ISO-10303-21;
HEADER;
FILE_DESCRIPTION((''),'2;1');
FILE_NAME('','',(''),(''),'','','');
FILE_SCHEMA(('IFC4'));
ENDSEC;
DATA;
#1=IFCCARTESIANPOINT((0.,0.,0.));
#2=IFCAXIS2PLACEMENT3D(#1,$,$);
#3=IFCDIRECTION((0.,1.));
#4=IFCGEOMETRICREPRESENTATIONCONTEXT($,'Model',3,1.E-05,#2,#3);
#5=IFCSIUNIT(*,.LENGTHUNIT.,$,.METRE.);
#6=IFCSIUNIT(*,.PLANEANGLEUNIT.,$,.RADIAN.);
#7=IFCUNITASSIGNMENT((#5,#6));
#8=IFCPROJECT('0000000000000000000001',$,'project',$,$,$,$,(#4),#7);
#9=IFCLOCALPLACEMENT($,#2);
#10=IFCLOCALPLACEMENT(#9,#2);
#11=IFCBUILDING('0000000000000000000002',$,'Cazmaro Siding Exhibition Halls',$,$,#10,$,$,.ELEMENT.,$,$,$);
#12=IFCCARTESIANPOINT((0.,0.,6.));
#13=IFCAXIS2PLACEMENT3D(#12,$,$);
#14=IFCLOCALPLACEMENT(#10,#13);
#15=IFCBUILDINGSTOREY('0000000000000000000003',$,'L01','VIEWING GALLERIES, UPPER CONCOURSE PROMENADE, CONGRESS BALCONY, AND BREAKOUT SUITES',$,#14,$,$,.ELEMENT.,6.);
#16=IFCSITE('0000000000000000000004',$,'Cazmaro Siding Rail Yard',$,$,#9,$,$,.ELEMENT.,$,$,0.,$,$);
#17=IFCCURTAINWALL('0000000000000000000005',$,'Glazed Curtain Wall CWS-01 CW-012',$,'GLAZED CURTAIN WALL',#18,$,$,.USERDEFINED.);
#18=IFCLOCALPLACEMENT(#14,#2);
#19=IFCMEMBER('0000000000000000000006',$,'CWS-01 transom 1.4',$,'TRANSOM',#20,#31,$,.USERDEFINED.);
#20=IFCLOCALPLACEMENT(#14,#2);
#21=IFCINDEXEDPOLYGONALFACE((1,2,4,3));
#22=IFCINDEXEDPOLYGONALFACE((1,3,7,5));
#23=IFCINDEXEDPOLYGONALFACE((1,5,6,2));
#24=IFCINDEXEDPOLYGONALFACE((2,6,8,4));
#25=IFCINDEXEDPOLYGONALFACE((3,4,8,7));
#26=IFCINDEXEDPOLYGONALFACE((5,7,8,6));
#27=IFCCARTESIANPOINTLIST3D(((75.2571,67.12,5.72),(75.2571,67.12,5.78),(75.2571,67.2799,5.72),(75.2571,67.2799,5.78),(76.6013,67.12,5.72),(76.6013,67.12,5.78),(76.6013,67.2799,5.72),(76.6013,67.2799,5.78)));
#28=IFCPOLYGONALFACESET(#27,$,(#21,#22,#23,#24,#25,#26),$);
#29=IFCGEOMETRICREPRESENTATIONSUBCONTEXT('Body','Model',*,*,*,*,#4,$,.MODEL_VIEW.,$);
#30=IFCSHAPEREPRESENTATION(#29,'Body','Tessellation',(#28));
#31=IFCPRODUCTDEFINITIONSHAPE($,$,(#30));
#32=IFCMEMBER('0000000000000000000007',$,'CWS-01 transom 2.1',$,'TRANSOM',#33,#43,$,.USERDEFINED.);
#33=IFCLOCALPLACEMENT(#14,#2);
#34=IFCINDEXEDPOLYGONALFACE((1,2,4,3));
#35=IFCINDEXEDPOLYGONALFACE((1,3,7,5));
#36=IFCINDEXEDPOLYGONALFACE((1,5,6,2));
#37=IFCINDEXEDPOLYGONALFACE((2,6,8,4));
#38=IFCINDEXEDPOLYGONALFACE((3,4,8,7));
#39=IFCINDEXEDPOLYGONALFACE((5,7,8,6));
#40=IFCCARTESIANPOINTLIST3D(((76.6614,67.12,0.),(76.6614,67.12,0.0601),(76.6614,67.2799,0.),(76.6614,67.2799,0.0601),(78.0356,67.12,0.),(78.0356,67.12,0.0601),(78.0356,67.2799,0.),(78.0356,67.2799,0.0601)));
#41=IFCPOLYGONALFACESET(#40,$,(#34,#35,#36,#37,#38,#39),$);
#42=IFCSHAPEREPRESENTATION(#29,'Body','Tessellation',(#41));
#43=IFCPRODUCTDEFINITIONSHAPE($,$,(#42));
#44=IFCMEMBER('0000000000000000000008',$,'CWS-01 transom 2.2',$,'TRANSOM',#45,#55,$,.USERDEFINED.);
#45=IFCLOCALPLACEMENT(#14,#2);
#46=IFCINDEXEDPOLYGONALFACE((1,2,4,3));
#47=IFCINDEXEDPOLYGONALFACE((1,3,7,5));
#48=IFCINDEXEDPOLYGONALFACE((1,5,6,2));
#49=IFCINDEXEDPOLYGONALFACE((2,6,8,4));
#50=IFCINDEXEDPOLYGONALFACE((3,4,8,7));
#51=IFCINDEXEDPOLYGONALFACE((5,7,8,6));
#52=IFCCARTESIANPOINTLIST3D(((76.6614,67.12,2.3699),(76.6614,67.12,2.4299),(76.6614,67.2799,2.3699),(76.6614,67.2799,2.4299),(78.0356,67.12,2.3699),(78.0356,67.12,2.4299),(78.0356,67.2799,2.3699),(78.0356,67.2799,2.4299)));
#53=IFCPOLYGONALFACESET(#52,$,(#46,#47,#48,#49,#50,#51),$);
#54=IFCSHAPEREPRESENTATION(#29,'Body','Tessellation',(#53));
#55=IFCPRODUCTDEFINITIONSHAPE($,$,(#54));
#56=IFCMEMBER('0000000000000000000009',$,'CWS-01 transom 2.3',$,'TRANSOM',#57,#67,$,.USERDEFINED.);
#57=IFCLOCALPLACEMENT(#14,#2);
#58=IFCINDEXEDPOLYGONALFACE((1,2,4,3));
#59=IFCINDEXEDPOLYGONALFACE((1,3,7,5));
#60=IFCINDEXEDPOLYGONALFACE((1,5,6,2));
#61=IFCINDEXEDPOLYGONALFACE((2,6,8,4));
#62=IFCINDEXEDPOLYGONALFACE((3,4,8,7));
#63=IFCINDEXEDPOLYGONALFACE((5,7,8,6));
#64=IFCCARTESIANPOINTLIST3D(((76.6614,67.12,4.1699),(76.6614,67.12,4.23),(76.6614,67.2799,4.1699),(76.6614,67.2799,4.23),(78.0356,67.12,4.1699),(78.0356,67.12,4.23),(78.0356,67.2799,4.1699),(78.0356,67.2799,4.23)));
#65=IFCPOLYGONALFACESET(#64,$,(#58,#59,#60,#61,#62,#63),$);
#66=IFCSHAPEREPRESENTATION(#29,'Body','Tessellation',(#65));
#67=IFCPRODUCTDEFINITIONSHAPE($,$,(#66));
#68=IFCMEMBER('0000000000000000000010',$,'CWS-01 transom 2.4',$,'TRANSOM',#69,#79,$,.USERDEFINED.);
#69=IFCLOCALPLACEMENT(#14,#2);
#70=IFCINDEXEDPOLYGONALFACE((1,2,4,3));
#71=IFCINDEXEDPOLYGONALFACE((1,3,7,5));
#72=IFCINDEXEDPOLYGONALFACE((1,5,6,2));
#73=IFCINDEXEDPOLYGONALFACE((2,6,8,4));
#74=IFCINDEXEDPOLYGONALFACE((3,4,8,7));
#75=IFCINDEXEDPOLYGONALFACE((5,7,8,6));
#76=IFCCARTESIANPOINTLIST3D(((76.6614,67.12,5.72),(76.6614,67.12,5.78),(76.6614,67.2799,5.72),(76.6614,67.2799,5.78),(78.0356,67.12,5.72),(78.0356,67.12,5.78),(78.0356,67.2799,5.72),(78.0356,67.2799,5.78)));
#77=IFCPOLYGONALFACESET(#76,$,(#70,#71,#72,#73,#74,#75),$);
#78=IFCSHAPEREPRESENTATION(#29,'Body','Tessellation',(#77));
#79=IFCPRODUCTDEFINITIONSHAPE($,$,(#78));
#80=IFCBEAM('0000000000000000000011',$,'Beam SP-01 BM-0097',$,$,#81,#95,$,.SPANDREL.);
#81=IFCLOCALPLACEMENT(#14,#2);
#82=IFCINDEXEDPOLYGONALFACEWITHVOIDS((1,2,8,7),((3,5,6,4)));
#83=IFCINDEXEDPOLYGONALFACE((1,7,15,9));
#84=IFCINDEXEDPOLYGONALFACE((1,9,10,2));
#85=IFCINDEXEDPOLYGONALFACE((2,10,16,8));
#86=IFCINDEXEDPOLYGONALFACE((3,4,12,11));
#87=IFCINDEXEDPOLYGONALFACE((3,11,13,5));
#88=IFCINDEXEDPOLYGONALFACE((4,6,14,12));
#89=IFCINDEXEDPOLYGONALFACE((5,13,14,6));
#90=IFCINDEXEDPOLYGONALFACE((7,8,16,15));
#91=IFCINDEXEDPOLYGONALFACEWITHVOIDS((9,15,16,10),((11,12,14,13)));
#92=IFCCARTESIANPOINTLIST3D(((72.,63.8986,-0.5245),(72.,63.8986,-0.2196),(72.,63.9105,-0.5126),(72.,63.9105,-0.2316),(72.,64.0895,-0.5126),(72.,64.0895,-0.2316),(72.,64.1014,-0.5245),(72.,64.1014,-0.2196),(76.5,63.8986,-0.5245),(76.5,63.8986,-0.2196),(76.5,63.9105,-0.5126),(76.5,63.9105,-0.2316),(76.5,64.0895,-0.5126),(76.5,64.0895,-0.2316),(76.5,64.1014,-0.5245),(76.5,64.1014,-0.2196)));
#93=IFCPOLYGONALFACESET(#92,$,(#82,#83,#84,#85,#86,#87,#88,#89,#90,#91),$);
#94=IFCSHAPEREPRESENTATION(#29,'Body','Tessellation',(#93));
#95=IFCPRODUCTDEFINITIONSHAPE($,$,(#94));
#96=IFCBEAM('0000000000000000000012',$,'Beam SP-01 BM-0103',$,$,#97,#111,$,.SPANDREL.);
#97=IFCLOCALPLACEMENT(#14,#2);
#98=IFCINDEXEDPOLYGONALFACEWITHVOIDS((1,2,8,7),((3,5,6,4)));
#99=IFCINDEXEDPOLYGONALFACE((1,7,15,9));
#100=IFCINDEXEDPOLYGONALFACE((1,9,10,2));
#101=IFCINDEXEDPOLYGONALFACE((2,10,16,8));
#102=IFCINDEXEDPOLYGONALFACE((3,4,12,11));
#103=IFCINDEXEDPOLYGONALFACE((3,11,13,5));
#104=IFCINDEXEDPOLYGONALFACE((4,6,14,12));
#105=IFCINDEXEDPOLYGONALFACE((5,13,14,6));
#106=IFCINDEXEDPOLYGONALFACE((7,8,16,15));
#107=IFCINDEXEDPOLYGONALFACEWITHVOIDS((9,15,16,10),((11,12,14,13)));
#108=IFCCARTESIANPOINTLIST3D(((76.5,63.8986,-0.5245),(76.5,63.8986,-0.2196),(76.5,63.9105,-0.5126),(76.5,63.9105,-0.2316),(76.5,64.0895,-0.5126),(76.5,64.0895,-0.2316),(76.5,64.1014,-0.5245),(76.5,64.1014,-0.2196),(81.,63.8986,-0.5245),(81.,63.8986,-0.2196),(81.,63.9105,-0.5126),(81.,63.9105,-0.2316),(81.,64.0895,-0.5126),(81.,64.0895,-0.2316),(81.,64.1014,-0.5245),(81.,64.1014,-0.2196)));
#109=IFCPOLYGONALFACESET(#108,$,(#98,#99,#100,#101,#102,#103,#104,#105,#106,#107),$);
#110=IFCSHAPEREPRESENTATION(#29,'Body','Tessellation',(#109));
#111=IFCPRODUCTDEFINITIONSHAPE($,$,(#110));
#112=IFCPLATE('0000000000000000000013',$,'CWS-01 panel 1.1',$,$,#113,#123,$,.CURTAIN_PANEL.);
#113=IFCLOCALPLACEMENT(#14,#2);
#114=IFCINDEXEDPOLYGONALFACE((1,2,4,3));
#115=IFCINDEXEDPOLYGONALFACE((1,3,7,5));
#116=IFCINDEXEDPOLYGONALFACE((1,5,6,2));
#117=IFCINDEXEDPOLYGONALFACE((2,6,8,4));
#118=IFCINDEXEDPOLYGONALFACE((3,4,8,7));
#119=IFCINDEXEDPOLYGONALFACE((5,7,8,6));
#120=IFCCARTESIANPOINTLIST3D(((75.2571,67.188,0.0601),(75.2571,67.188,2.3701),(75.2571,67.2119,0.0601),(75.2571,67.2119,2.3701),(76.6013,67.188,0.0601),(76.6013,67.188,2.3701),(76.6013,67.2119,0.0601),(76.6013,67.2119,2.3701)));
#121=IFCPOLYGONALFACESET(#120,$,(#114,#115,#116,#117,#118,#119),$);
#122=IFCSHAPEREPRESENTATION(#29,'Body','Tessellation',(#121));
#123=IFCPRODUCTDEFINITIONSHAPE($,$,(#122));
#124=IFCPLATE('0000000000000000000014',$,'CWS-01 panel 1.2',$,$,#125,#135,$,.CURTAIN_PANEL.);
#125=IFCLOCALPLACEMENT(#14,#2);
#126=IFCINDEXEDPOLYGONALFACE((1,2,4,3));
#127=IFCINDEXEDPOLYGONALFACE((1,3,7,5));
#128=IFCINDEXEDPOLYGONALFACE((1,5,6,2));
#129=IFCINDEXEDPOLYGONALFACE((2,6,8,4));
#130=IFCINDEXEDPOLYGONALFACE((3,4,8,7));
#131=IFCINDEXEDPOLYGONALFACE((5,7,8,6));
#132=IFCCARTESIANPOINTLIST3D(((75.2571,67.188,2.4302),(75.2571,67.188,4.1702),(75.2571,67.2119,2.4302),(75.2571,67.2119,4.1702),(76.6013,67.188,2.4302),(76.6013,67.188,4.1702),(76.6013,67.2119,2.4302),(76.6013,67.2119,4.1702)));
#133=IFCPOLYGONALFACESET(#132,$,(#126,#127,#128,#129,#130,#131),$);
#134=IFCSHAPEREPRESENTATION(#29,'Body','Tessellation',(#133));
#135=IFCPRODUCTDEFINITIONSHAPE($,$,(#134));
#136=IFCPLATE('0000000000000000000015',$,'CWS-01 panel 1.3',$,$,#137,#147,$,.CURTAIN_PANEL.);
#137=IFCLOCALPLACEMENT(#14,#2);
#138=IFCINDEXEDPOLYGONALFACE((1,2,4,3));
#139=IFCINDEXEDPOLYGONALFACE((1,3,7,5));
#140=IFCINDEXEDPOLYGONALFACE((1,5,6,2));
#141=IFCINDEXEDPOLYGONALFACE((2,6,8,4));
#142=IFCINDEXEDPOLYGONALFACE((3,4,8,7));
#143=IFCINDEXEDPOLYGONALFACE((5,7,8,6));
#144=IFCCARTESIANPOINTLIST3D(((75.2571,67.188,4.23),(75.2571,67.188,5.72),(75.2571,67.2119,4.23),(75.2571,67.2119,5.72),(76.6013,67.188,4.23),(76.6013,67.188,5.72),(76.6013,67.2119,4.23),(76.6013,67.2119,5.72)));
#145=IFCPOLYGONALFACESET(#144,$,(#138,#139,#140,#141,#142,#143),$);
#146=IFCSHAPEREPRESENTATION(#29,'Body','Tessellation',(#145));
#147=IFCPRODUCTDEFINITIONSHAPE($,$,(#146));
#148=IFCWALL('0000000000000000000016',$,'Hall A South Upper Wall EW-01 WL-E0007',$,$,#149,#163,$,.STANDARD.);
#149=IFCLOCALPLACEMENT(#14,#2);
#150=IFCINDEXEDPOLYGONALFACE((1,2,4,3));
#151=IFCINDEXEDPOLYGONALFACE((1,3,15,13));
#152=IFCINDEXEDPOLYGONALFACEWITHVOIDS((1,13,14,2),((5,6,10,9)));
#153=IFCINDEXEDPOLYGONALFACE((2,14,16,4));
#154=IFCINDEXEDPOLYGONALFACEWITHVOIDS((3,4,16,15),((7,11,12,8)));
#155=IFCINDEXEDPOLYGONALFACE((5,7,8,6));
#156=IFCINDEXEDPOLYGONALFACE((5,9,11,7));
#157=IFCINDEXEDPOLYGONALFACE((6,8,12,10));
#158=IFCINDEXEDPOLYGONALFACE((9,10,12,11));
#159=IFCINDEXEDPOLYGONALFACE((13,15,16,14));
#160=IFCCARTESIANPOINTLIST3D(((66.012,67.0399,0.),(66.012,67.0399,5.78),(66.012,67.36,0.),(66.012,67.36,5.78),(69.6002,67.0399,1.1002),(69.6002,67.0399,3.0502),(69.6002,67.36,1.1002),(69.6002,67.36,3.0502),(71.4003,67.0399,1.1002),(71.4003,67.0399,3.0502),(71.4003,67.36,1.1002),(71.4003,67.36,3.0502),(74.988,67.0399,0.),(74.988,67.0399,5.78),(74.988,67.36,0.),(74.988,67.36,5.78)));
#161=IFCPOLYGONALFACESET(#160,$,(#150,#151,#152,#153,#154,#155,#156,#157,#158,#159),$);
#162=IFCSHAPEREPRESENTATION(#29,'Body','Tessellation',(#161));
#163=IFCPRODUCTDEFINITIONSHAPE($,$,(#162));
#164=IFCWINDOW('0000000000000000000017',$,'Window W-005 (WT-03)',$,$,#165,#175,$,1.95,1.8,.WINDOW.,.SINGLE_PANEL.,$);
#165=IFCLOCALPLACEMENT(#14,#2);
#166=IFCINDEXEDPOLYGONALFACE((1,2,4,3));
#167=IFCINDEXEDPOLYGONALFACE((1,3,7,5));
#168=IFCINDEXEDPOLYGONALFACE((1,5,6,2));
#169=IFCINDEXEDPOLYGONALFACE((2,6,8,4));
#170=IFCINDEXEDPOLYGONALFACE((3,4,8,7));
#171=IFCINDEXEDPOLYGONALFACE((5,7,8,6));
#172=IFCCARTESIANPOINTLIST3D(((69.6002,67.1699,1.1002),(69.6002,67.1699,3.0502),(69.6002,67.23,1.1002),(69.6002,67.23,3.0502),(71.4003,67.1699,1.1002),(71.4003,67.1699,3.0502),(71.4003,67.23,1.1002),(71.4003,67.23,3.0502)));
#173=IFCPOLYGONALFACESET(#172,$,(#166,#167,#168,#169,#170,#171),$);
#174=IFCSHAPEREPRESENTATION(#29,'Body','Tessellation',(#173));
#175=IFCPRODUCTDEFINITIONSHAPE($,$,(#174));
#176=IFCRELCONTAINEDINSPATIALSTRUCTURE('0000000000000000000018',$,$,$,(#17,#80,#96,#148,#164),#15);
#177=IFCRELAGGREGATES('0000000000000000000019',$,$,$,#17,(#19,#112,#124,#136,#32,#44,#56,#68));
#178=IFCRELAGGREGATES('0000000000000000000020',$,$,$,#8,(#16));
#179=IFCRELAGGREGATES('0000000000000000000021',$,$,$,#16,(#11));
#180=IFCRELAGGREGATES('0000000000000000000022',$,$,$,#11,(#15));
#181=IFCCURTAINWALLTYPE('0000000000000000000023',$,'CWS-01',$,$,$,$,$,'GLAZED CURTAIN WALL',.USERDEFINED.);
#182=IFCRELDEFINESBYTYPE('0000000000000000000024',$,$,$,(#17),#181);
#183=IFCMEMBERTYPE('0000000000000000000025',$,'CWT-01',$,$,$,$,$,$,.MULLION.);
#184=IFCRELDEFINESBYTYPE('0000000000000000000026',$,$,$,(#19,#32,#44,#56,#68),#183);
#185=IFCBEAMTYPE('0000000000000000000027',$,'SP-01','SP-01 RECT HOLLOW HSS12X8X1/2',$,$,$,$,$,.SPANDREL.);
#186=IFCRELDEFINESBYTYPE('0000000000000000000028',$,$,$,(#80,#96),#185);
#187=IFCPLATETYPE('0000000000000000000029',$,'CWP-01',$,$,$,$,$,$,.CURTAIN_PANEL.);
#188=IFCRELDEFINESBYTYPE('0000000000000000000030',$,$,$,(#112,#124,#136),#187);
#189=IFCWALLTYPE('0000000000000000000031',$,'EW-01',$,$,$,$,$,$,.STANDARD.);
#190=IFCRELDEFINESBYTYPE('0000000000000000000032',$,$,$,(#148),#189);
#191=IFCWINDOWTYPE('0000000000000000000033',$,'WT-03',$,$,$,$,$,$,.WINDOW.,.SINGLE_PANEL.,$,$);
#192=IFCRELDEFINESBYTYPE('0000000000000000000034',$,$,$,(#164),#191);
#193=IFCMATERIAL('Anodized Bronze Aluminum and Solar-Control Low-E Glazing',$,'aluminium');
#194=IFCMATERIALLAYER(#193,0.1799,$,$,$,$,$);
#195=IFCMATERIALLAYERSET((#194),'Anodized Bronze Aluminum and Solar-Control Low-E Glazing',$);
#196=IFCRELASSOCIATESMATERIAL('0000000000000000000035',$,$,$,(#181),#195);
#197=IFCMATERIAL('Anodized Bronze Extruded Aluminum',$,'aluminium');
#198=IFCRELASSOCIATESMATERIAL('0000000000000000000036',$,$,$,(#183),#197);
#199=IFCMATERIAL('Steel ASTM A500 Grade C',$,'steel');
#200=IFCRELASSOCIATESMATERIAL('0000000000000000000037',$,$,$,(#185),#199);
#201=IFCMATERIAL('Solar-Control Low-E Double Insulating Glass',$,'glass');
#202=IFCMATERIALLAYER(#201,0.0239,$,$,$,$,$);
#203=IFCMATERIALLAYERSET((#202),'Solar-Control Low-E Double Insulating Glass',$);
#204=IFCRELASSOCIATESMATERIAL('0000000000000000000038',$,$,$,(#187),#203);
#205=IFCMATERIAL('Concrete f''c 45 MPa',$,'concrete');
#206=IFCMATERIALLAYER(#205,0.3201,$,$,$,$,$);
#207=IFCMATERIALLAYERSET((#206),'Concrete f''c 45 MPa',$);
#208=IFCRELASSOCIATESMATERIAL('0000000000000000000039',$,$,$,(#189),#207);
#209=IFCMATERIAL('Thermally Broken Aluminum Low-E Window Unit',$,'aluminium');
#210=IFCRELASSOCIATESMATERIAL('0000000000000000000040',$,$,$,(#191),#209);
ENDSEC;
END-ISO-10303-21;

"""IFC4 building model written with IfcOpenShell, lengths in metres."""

from ifc_helpers import new_model, si_unit, direction, frame, frame_2d, origin, origin_2d, place, context, subcontext, project, spatial, rectangle, hollow_rectangle, extrude, material, layer, layer_set, material_profile, profile_set, type_object, element, fill, aggregate, save


model = new_model("IFC4")

# Units and contexts
model_context = context("Model", 3, precision=1e-05, world=origin(), true_north=direction((0.0, 1.0)))
body_context = subcontext(model_context, "Body", "Model", "MODEL_VIEW")
ifc_project = project(units=[si_unit("LENGTHUNIT", "METRE"), si_unit("PLANEANGLEUNIT", "RADIAN")], contexts=[model_context])

# Site, building, storey
site_placement = place(None, origin())
site = spatial("IfcSite", under=ifc_project, at=site_placement, Name="Cazmaro Siding Rail Yard", CompositionType="ELEMENT", RefElevation=0.0)
building_placement = place(site_placement, origin())
building = spatial("IfcBuilding", under=site, at=building_placement, Name="Cazmaro Siding Exhibition Halls", CompositionType="ELEMENT")
storey_placement = place(building_placement, frame((0.0, 0.0, 6.0)))
storey = spatial("IfcBuildingStorey", under=building, at=storey_placement, Name="L01", Description="VIEWING GALLERIES, UPPER CONCOURSE PROMENADE, CONGRESS BALCONY, AND BREAKOUT SUITES", CompositionType="ELEMENT", Elevation=6.0)

# Curtain wall, members
ifc_material_1 = material(Name="Anodized Bronze Aluminum and Solar-Control Low-E Glazing", Category="aluminium")
ifc_layer_1 = layer(ifc_material_1, 0.1799)
ifc_layer_set_1 = layer_set([ifc_layer_1], Name="Anodized Bronze Aluminum and Solar-Control Low-E Glazing")
curtain_wall_type = type_object("IfcCurtainWallType", Name="CWS-01", ElementType="GLAZED CURTAIN WALL", PredefinedType="USERDEFINED", material=ifc_layer_set_1)
curtain_wall_placement = place(storey_placement, origin())
curtain_wall = element("IfcCurtainWall", 1, at=curtain_wall_placement, inside=storey, type_object=curtain_wall_type, Name="Glazed Curtain Wall CWS-01 CW-012", ObjectType="GLAZED CURTAIN WALL", PredefinedType="USERDEFINED")
ifc_material_2 = material(Name="Anodized Bronze Extruded Aluminum", Category="aluminium")
ifc_material_profile_1 = material_profile(ifc_material_2, rectangle(XDim=0.1599, YDim=0.0601, at=origin_2d()), Name="CWT-01")
ifc_profile_set_1 = profile_set([ifc_material_profile_1], Name="Anodized Bronze Extruded Aluminum")
member_type_1 = type_object("IfcMemberType", Name="CWT-01", PredefinedType="MULLION", material=ifc_profile_set_1)
member_1_placement = place(storey_placement, frame((75.2571, 67.2, 5.75), z_axis=(1.0, 0.0, 0.0), x_axis=(0.0, 1.0, 0.0)))
member_1 = element("IfcMember", 2, at=member_1_placement, type_object=member_type_1, Name="CWS-01 transom 1.4", ObjectType="TRANSOM", PredefinedType="USERDEFINED", context=body_context, shape_type="SweptSolid", body=[
    extrude(rectangle(XDim=0.1599, YDim=0.0601, at=origin_2d()), origin(), (0.0, 0.0, 1.0), 1.3442),
])
member_2_placement = place(storey_placement, frame((76.6614, 67.2, 0.03), z_axis=(1.0, 0.0, 0.0), x_axis=(0.0, 1.0, 0.0)))
member_2 = element("IfcMember", 3, at=member_2_placement, type_object=member_type_1, Name="CWS-01 transom 2.1", ObjectType="TRANSOM", PredefinedType="USERDEFINED", context=body_context, shape_type="SweptSolid", body=[
    extrude(rectangle(XDim=0.1599, YDim=0.0601, at=origin_2d()), origin(), (0.0, 0.0, 1.0), 1.3743),
])
member_3_placement = place(storey_placement, frame((76.6614, 67.2, 2.3999), z_axis=(1.0, 0.0, 0.0), x_axis=(0.0, 1.0, 0.0)))
member_3 = element("IfcMember", 4, at=member_3_placement, type_object=member_type_1, Name="CWS-01 transom 2.2", ObjectType="TRANSOM", PredefinedType="USERDEFINED", context=body_context, shape_type="SweptSolid", body=[
    extrude(rectangle(XDim=0.1599, YDim=0.0601, at=origin_2d()), origin(), (0.0, 0.0, 1.0), 1.3743),
])
member_4_placement = place(storey_placement, frame((76.6614, 67.2, 4.2), z_axis=(1.0, 0.0, 0.0), x_axis=(0.0, 1.0, 0.0)))
member_4 = element("IfcMember", 5, at=member_4_placement, type_object=member_type_1, Name="CWS-01 transom 2.3", ObjectType="TRANSOM", PredefinedType="USERDEFINED", context=body_context, shape_type="SweptSolid", body=[
    extrude(rectangle(XDim=0.1599, YDim=0.0601, at=origin_2d()), origin(), (0.0, 0.0, 1.0), 1.3743),
])
member_5_placement = place(storey_placement, frame((76.6614, 67.2, 5.75), z_axis=(1.0, 0.0, 0.0), x_axis=(0.0, 1.0, 0.0)))
member_5 = element("IfcMember", 6, at=member_5_placement, type_object=member_type_1, Name="CWS-01 transom 2.4", ObjectType="TRANSOM", PredefinedType="USERDEFINED", context=body_context, shape_type="SweptSolid", body=[
    extrude(rectangle(XDim=0.1599, YDim=0.0601, at=origin_2d()), origin(), (0.0, 0.0, 1.0), 1.3743),
])

# Beams
ifc_material_3 = material(Name="Steel ASTM A500 Grade C", Category="steel")
ifc_material_profile_2 = material_profile(ifc_material_3, hollow_rectangle(XDim=0.2029, YDim=0.3049, WallThickness=0.012, at=origin_2d()), Name="HSS12X8X1/2")
ifc_profile_set_2 = profile_set([ifc_material_profile_2], Name="Steel ASTM A500 Grade C")
beam_type_1 = type_object("IfcBeamType", Name="SP-01", Description="SP-01 RECT HOLLOW HSS12X8X1/2", PredefinedType="SPANDREL", material=ifc_profile_set_2)
for number, where, z_axis, x_axis, name in (
    (7, (72.0, 64.0, -0.3721), (1.0, 0.0, 0.0), (0.0, 1.0, 0.0), "Beam SP-01 BM-0097"),
    (8, (76.5, 64.0, -0.3721), (1.0, 0.0, 0.0), (0.0, 1.0, 0.0), "Beam SP-01 BM-0103"),
):
    element("IfcBeam", number, at=place(storey_placement, frame(where, z_axis=z_axis, x_axis=x_axis)), inside=storey, type_object=beam_type_1, Name=name, PredefinedType="SPANDREL", context=body_context, shape_type="SweptSolid", body=[
        extrude(hollow_rectangle(XDim=0.2029, YDim=0.3049, WallThickness=0.012, at=origin_2d()), origin(), (0.0, 0.0, 1.0), 4.5),
    ])

# Plates
ifc_material_4 = material(Name="Solar-Control Low-E Double Insulating Glass", Category="glass")
ifc_layer_2 = layer(ifc_material_4, 0.0239)
ifc_layer_set_2 = layer_set([ifc_layer_2], Name="Solar-Control Low-E Double Insulating Glass")
plate_type = type_object("IfcPlateType", Name="CWP-01", PredefinedType="CURTAIN_PANEL", material=ifc_layer_set_2)
plate_1_placement = place(storey_placement, frame((75.9292, 67.2, 0.0601), z_axis=(0.0, 0.0, 1.0), x_axis=(1.0, 0.0, 0.0)))
plate_1 = element("IfcPlate", 9, at=plate_1_placement, type_object=plate_type, Name="CWS-01 panel 1.1", PredefinedType="CURTAIN_PANEL", context=body_context, shape_type="SweptSolid", body=[
    extrude(rectangle(XDim=1.3442, YDim=0.0239, at=origin_2d()), origin(), (0.0, 0.0, 1.0), 2.3101),
])
plate_2_placement = place(storey_placement, frame((75.9292, 67.2, 2.4302), z_axis=(0.0, 0.0, 1.0), x_axis=(1.0, 0.0, 0.0)))
plate_2 = element("IfcPlate", 10, at=plate_2_placement, type_object=plate_type, Name="CWS-01 panel 1.2", PredefinedType="CURTAIN_PANEL", context=body_context, shape_type="SweptSolid", body=[
    extrude(rectangle(XDim=1.3442, YDim=0.0239, at=origin_2d()), origin(), (0.0, 0.0, 1.0), 1.74),
])
plate_3_placement = place(storey_placement, frame((75.9292, 67.2, 4.23), z_axis=(0.0, 0.0, 1.0), x_axis=(1.0, 0.0, 0.0)))
plate_3 = element("IfcPlate", 11, at=plate_3_placement, type_object=plate_type, Name="CWS-01 panel 1.3", PredefinedType="CURTAIN_PANEL", context=body_context, shape_type="SweptSolid", body=[
    extrude(rectangle(XDim=1.3442, YDim=0.0239, at=origin_2d()), origin(), (0.0, 0.0, 1.0), 1.49),
])
aggregate(curtain_wall, [member_1, plate_1, plate_2, plate_3, member_2, member_3, member_4, member_5])

# Wall, opening, window
ifc_material_5 = material(Name="Concrete f'c 45 MPa", Category="concrete")
ifc_layer_3 = layer(ifc_material_5, 0.3201)
ifc_layer_set_3 = layer_set([ifc_layer_3], Name="Concrete f'c 45 MPa")
wall_type = type_object("IfcWallType", Name="EW-01", PredefinedType="STANDARD", material=ifc_layer_set_3)
wall_placement = place(storey_placement, frame((74.988, 67.2, 0.0), z_axis=(0.0, 0.0, 1.0), x_axis=(-1.0, 0.0, 0.0)))
wall = element("IfcWall", 12, at=wall_placement, inside=storey, type_object=wall_type, Name="Hall A South Upper Wall EW-01 WL-E0007", PredefinedType="STANDARD", context=body_context, shape_type="SweptSolid", body=[
    extrude(rectangle(XDim=8.9761, YDim=0.3201, at=frame_2d((4.488, 0.0))), origin(), (0.0, 0.0, 1.0), 5.78),
])
opening_placement = place(wall_placement, frame((3.5879, 0.0, 1.1001)))
opening = element("IfcOpeningElement", 13, at=opening_placement, cuts=wall, PredefinedType="OPENING", context=body_context, shape_type="SweptSolid", body=[
    extrude(rectangle(XDim=1.8, YDim=1.95, at=frame_2d((0.8999, 0.9751))), frame((0.0, 0.1699, 0.0), z_axis=(0.0, -1.0, 0.0), x_axis=(1.0, 0.0, 0.0)), (0.0, 0.0, 1.0), 0.3401),
])
ifc_material_6 = material(Name="Thermally Broken Aluminum Low-E Window Unit", Category="aluminium")
window_type = type_object("IfcWindowType", Name="WT-03", PartitioningType="SINGLE_PANEL", PredefinedType="WINDOW", material=ifc_material_6)
window_placement = place(opening_placement, origin())
window = element("IfcWindow", 14, at=window_placement, inside=storey, type_object=window_type, Name="Window W-005 (WT-03)", OverallHeight=1.95, OverallWidth=1.8, PartitioningType="SINGLE_PANEL", PredefinedType="WINDOW", context=body_context, shape_type="SweptSolid", body=[
    extrude(rectangle(XDim=1.8, YDim=1.95, at=frame_2d((0.8999, 0.9751))), frame((0.0, 0.03, 0.0), z_axis=(0.0, -1.0, 0.0), x_axis=(1.0, 0.0, 0.0)), (0.0, 0.0, 1.0), 0.0601),
])
fill(opening, window)

save(model, "model.ifc")
